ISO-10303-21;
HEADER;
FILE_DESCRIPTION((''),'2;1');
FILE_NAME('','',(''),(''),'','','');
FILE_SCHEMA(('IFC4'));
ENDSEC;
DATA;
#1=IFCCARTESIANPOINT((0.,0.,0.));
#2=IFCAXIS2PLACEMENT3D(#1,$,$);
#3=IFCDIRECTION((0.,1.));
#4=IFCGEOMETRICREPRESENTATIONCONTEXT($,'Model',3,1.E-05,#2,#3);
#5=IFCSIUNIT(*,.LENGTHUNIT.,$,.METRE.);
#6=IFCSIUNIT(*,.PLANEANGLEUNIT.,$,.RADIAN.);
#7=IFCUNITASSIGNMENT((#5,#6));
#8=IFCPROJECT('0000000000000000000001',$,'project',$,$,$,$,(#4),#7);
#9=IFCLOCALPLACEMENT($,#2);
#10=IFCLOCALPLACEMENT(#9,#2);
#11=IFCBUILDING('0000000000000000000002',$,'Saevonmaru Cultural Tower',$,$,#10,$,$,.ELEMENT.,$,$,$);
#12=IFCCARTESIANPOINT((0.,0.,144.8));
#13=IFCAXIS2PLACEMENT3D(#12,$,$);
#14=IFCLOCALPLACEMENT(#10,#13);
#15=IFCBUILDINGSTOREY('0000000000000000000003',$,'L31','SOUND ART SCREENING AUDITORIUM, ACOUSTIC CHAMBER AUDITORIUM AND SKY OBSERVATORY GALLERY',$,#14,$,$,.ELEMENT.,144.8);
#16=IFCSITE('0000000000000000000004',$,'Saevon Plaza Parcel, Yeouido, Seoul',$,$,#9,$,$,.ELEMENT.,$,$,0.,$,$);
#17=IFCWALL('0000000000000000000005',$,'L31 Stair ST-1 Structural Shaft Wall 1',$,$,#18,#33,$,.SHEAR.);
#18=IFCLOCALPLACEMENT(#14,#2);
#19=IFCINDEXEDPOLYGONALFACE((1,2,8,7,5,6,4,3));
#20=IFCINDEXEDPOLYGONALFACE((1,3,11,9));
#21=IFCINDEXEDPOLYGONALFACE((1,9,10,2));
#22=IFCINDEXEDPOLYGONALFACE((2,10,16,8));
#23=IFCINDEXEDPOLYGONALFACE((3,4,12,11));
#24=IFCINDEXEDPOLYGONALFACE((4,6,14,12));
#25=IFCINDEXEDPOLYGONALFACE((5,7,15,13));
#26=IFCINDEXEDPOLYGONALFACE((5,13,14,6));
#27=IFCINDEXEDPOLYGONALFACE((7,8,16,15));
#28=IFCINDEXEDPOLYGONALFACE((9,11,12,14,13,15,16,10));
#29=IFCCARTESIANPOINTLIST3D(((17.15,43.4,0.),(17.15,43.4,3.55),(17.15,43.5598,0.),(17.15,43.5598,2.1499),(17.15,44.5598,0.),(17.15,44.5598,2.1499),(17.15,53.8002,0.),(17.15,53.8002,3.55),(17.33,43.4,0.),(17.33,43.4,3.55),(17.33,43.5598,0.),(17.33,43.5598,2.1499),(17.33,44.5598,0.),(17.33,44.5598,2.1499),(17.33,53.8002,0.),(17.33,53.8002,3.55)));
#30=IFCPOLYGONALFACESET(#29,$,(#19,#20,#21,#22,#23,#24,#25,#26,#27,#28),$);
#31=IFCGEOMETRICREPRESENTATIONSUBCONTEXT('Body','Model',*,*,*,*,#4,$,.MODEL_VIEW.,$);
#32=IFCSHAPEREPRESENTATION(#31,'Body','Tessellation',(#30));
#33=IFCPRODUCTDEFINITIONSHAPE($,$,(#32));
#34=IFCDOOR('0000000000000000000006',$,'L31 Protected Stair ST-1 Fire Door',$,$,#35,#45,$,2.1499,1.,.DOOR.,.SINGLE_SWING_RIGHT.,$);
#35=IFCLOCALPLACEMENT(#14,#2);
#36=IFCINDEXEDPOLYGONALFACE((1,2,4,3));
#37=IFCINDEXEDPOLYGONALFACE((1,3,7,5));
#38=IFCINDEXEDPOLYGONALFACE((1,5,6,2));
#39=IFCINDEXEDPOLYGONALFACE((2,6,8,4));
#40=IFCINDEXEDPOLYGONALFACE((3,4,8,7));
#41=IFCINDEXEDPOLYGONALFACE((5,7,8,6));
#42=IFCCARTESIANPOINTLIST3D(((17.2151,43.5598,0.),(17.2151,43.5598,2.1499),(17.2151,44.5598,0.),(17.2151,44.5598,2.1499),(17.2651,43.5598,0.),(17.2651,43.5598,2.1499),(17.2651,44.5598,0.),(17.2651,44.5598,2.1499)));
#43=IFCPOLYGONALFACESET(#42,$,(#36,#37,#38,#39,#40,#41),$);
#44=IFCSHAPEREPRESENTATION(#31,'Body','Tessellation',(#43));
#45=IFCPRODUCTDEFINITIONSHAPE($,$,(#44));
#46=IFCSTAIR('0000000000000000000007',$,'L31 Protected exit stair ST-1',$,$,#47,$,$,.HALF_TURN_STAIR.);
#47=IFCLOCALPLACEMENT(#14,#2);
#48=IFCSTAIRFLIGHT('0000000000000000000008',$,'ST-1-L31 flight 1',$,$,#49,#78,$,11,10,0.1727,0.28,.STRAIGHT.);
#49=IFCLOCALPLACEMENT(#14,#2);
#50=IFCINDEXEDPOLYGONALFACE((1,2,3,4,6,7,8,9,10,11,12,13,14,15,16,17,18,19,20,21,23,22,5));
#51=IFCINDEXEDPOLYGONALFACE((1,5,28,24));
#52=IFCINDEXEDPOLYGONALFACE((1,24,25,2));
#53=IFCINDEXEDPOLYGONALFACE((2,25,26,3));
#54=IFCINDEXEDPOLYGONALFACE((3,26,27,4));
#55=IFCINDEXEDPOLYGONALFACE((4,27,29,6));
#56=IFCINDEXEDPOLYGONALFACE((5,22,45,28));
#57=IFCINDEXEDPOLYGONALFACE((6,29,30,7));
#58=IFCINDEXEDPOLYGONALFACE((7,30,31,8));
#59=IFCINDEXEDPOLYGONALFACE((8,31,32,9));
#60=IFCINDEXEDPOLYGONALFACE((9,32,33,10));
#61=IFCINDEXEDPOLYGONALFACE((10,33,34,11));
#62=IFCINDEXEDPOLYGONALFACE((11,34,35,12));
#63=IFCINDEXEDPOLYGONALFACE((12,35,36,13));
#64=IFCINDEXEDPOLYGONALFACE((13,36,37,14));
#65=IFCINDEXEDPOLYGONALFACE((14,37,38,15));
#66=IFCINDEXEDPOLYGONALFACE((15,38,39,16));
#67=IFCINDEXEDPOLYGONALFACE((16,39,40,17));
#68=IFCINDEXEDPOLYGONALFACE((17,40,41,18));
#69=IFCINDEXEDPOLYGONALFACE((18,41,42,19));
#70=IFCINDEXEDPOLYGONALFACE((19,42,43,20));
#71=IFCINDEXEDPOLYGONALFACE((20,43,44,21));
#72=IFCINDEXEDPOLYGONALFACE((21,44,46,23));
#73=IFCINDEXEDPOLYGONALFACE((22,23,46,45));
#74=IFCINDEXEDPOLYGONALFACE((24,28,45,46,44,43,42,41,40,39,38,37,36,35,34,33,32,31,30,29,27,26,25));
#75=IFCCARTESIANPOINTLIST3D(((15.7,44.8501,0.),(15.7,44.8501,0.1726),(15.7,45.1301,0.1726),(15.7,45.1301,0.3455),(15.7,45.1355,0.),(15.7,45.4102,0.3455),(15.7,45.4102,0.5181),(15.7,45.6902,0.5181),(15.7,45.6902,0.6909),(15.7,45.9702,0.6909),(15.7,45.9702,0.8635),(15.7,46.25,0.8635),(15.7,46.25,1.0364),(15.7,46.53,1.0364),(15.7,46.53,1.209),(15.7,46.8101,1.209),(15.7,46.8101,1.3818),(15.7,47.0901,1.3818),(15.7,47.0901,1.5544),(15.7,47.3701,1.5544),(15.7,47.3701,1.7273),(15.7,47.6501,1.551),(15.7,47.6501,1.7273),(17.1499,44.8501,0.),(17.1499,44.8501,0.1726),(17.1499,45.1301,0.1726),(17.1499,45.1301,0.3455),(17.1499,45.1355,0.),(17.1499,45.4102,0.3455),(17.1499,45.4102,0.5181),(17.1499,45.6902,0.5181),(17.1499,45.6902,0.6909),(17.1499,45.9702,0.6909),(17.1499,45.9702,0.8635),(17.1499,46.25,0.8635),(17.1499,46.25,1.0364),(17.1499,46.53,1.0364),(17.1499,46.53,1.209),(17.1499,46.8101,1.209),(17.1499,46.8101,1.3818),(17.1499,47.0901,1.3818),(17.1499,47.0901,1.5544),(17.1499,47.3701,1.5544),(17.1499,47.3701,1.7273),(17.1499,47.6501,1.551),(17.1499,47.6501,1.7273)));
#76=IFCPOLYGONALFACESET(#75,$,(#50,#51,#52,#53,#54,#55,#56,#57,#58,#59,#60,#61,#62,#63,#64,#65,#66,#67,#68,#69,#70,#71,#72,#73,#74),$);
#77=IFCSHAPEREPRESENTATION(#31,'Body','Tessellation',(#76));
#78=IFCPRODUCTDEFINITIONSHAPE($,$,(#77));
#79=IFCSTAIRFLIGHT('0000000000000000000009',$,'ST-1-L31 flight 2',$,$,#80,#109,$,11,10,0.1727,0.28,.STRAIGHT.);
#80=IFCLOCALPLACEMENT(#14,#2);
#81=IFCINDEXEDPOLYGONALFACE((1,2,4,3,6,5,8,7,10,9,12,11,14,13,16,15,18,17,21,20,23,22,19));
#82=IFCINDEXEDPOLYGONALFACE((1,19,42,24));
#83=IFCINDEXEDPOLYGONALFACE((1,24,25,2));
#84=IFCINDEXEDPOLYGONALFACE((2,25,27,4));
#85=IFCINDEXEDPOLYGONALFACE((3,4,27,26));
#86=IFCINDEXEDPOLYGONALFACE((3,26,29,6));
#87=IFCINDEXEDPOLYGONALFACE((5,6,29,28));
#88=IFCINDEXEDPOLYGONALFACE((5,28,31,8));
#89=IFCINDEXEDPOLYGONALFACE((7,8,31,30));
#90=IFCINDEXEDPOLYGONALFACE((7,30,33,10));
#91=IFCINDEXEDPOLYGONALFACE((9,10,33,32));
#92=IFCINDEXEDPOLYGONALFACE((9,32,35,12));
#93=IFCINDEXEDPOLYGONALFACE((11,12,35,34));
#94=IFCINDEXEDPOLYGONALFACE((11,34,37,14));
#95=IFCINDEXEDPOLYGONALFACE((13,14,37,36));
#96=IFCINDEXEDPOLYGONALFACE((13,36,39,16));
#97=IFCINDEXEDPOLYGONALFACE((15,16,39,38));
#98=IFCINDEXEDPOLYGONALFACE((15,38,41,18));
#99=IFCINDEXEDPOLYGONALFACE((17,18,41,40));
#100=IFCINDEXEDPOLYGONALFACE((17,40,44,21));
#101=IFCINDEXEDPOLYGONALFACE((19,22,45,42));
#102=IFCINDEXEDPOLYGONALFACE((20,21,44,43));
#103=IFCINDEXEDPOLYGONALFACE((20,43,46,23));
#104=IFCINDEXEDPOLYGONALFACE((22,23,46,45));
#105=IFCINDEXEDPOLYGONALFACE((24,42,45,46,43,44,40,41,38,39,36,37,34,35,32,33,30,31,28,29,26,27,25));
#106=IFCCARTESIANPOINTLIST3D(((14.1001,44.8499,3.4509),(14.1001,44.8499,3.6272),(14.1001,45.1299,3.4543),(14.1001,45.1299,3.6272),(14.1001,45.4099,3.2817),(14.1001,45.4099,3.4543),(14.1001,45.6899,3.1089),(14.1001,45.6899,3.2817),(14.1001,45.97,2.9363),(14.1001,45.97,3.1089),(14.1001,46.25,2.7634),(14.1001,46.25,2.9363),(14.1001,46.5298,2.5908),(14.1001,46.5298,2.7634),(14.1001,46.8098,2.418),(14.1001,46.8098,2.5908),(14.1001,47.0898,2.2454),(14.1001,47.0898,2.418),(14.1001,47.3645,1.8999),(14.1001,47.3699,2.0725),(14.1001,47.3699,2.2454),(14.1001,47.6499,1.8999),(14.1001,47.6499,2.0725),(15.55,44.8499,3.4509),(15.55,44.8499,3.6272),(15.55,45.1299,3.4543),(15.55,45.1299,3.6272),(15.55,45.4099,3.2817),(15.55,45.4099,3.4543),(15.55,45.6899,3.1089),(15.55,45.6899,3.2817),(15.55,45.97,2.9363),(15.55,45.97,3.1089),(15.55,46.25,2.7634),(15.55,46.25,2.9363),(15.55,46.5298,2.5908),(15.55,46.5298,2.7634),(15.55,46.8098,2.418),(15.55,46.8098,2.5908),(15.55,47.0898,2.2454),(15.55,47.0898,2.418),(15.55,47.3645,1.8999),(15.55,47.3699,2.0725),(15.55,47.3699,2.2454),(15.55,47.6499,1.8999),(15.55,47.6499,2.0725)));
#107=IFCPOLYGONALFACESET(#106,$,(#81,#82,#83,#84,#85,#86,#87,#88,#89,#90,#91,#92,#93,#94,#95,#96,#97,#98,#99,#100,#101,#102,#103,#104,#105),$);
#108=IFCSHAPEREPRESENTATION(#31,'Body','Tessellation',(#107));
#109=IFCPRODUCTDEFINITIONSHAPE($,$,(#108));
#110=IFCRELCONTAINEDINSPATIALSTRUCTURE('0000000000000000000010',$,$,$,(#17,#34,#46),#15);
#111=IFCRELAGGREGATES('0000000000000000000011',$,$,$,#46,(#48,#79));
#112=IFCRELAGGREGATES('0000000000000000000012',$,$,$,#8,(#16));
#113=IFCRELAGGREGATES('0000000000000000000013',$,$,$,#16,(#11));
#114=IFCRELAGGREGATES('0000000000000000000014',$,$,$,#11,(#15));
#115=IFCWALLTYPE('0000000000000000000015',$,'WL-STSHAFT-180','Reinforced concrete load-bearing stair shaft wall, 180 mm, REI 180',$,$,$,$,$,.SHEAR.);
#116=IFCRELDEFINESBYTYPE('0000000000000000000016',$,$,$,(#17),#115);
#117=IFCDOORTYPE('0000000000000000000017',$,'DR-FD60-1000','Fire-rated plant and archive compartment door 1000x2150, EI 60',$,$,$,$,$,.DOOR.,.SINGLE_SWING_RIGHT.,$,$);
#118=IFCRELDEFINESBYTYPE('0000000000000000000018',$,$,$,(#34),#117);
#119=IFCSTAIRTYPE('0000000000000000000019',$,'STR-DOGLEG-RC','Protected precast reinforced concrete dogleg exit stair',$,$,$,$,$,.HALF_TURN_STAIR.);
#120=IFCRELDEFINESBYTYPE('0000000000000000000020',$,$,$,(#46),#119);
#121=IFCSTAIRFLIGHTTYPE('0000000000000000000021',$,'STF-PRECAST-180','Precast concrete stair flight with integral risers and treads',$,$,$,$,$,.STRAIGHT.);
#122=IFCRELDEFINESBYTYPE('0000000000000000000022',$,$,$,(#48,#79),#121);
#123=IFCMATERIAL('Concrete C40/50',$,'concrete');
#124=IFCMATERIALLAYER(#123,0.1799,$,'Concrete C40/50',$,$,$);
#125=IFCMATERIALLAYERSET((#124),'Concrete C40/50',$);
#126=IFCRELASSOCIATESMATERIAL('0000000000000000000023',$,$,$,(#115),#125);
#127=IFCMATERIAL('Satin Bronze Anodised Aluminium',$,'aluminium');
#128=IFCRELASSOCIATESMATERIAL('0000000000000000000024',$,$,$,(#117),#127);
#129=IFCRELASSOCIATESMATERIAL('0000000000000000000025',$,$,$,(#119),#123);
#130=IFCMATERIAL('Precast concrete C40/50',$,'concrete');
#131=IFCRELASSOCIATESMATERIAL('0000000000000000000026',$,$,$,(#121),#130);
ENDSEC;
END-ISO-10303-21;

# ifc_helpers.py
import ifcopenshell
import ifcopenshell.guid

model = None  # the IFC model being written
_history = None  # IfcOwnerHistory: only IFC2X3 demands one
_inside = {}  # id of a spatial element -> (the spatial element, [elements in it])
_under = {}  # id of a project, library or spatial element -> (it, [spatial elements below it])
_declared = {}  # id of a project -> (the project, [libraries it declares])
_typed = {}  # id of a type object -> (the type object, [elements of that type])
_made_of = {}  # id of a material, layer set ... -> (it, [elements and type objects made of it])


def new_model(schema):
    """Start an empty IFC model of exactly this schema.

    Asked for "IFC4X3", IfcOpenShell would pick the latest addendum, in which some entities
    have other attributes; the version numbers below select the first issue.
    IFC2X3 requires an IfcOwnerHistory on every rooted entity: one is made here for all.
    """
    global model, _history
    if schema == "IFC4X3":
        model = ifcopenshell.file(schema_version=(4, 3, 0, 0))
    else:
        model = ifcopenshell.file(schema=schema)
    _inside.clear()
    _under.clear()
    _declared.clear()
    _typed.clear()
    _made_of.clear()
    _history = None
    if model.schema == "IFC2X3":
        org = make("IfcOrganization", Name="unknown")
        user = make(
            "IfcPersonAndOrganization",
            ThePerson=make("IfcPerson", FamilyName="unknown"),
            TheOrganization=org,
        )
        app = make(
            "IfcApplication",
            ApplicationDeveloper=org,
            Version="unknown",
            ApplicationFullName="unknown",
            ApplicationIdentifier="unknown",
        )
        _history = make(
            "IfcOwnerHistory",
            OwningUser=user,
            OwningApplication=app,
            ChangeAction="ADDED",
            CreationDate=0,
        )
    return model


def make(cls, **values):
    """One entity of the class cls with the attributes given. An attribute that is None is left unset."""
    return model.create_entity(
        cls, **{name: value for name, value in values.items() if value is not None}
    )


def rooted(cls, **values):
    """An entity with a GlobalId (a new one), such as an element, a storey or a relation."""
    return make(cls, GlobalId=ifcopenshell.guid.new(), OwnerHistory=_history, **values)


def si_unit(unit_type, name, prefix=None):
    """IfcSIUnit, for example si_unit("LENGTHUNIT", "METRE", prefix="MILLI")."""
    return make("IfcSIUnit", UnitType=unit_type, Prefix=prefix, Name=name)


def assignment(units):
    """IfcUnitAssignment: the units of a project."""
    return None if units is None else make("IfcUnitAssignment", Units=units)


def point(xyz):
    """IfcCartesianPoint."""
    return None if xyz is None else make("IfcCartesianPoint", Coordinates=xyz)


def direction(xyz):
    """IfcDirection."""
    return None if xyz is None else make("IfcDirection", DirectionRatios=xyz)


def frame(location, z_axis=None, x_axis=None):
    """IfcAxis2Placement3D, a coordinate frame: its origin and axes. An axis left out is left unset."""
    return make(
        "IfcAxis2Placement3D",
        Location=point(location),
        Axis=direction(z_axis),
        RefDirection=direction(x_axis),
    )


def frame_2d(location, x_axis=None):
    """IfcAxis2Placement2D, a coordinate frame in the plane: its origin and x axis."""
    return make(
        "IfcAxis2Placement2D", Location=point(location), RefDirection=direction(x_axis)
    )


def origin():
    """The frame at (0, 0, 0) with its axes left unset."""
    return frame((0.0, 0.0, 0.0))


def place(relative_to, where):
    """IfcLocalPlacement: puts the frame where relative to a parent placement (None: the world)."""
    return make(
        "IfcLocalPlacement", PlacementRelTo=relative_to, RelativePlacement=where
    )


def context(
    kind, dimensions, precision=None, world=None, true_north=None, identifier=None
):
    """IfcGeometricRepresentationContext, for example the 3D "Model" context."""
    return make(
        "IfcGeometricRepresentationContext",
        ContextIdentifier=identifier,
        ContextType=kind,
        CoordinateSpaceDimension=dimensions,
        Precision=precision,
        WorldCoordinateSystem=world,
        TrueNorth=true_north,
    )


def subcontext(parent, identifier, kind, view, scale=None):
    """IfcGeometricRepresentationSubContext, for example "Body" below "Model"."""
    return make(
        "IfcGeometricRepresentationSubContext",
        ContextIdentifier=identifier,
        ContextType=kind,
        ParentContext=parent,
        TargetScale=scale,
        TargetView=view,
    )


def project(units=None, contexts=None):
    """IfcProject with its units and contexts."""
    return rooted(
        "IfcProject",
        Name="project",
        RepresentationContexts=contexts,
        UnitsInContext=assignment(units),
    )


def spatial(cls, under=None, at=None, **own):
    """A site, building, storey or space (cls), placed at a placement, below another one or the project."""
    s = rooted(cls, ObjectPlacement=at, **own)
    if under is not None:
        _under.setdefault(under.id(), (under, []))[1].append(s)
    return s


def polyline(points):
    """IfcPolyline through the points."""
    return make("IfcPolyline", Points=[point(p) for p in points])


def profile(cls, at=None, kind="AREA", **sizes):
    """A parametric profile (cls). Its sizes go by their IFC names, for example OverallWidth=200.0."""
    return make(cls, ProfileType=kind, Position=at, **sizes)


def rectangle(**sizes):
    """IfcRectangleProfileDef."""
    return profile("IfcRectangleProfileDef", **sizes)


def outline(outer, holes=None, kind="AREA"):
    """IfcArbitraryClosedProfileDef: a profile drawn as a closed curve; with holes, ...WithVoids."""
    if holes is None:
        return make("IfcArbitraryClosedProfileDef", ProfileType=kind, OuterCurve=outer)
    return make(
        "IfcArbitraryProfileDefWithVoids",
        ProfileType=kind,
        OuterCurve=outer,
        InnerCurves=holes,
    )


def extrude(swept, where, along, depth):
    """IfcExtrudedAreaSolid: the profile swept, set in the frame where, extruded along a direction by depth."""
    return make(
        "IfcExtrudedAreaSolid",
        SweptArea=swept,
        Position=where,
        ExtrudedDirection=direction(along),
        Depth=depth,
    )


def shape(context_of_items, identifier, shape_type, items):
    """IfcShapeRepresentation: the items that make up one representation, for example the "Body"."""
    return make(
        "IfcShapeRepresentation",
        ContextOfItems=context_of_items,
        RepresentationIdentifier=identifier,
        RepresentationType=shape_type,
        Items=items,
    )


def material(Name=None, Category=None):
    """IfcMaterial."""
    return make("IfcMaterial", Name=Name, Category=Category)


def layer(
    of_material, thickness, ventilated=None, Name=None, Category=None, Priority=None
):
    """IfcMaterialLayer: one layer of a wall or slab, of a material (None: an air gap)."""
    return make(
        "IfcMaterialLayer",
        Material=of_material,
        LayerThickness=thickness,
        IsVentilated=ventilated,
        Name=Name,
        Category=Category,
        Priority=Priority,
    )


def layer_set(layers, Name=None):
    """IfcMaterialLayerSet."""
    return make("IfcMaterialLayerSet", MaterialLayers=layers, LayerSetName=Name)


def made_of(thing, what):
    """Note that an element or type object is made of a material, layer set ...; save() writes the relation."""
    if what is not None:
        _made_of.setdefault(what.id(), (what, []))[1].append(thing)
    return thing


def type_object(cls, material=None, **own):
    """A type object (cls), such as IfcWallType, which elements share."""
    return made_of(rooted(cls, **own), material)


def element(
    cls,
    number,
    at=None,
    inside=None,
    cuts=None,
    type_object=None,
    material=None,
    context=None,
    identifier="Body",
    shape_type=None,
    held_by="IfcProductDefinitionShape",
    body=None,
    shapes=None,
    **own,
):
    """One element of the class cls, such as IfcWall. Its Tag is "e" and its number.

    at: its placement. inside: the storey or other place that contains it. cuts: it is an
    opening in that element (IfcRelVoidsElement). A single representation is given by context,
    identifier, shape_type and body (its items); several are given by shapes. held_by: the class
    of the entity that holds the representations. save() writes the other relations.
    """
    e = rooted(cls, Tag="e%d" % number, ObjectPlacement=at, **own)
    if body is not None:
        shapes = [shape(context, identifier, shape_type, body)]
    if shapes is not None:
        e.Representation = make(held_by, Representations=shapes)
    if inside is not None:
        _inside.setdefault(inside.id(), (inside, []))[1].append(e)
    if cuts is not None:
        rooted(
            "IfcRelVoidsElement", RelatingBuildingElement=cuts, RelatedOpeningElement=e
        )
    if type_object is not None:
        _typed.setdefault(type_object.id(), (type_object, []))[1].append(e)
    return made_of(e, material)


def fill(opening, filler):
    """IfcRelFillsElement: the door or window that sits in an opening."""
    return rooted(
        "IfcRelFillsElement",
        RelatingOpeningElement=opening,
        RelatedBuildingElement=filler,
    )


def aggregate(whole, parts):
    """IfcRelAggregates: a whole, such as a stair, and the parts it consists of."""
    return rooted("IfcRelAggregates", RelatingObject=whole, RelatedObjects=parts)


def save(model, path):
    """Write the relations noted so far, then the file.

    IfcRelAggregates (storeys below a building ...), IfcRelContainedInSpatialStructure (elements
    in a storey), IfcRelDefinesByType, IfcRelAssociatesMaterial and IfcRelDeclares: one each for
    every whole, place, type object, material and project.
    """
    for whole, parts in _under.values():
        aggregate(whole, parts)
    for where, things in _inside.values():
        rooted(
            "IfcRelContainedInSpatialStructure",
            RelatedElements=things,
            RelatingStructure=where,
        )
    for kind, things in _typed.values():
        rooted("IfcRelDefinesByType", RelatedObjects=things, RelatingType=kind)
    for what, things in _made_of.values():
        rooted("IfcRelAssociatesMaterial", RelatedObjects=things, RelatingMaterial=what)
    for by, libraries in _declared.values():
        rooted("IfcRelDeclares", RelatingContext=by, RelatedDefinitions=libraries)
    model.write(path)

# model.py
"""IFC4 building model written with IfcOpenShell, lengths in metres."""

from ifc_helpers import new_model, si_unit, direction, frame, frame_2d, origin, place, context, subcontext, project, spatial, polyline, rectangle, outline, extrude, material, layer, layer_set, type_object, element, fill, aggregate, save


model = new_model("IFC4")

# Units and contexts
model_context = context("Model", 3, precision=1e-05, world=origin(), true_north=direction((0.0, 1.0)))
body_context = subcontext(model_context, "Body", "Model", "MODEL_VIEW")
ifc_project = project(units=[si_unit("LENGTHUNIT", "METRE"), si_unit("PLANEANGLEUNIT", "RADIAN")], contexts=[model_context])

# Site, building, storey
site_placement = place(None, origin())
site = spatial("IfcSite", under=ifc_project, at=site_placement, Name="Saevon Plaza Parcel, Yeouido, Seoul", CompositionType="ELEMENT", RefElevation=0.0)
building_placement = place(site_placement, origin())
building = spatial("IfcBuilding", under=site, at=building_placement, Name="Saevonmaru Cultural Tower", CompositionType="ELEMENT")
storey_placement = place(building_placement, frame((0.0, 0.0, 144.8)))
storey = spatial("IfcBuildingStorey", under=building, at=storey_placement, Name="L31", Description="SOUND ART SCREENING AUDITORIUM, ACOUSTIC CHAMBER AUDITORIUM AND SKY OBSERVATORY GALLERY", CompositionType="ELEMENT", Elevation=144.8)

# Shared definitions
ifc_material_1 = material(Name="Satin Bronze Anodised Aluminium", Category="aluminium")

# Shared definitions
ifc_material_2 = material(Name="Concrete C40/50", Category="concrete")

# Wall, opening, door
ifc_layer_1 = layer(ifc_material_2, 0.1799, Name="Concrete C40/50")
ifc_layer_set_1 = layer_set([ifc_layer_1], Name="Concrete C40/50")
wall_type_1 = type_object("IfcWallType", Name="WL-STSHAFT-180", Description="Reinforced concrete load-bearing stair shaft wall, 180 mm, REI 180", PredefinedType="SHEAR", material=ifc_layer_set_1)
wall_1_placement = place(storey_placement, frame((17.24, 43.3999, 0.0), z_axis=(0.0, 0.0, 1.0), x_axis=(0.0, 1.0, 0.0)))
wall_1 = element("IfcWall", 1, at=wall_1_placement, inside=storey, type_object=wall_type_1, Name="L31 Stair ST-1 Structural Shaft Wall 1", PredefinedType="SHEAR", context=body_context, shape_type="SweptSolid", body=[
    extrude(rectangle(XDim=10.4001, YDim=0.1799, at=frame_2d((5.2002, 0.0))), origin(), (0.0, 0.0, 1.0), 3.55),
])
opening_1_placement = place(wall_1_placement, frame((0.1599, 0.0, 0.0)))
opening_1 = element("IfcOpeningElement", 2, at=opening_1_placement, cuts=wall_1, PredefinedType="OPENING", context=body_context, shape_type="SweptSolid", body=[
    extrude(rectangle(XDim=1.0, YDim=2.1499, at=frame_2d((0.5, 1.075))), frame((0.0, 0.1001, 0.0), z_axis=(0.0, -1.0, 0.0), x_axis=(1.0, 0.0, 0.0)), (0.0, 0.0, 1.0), 0.2),
])
door_type_1 = type_object("IfcDoorType", Name="DR-FD60-1000", Description="Fire-rated plant and archive compartment door 1000x2150, EI 60", OperationType="SINGLE_SWING_RIGHT", PredefinedType="DOOR", material=ifc_material_1)
door_1_placement = place(opening_1_placement, origin())
door_1 = element("IfcDoor", 3, at=door_1_placement, inside=storey, type_object=door_type_1, Name="L31 Protected Stair ST-1 Fire Door", OperationType="SINGLE_SWING_RIGHT", OverallHeight=2.1499, OverallWidth=1.0, PredefinedType="DOOR", context=body_context, shape_type="SweptSolid", body=[
    extrude(rectangle(XDim=1.0, YDim=2.1499, at=frame_2d((0.5, 1.075))), frame((0.0, 0.0249, 0.0), z_axis=(0.0, -1.0, 0.0), x_axis=(1.0, 0.0, 0.0)), (0.0, 0.0, 1.0), 0.05),
])
fill(opening_1, door_1)

# Stair, stair flights
stair_type = type_object("IfcStairType", Name="STR-DOGLEG-RC", Description="Protected precast reinforced concrete dogleg exit stair", PredefinedType="HALF_TURN_STAIR", material=ifc_material_2)
stair_placement = place(storey_placement, origin())
stair = element("IfcStair", 4, at=stair_placement, inside=storey, type_object=stair_type, Name="L31 Protected exit stair ST-1", PredefinedType="HALF_TURN_STAIR")
ifc_material_3 = material(Name="Precast concrete C40/50", Category="concrete")
stair_flight_type = type_object("IfcStairFlightType", Name="STF-PRECAST-180", Description="Precast concrete stair flight with integral risers and treads", PredefinedType="STRAIGHT", material=ifc_material_3)
stair_flight_1_placement = place(storey_placement, frame((16.425, 44.8501, 0.0), z_axis=(0.0, 0.0, 1.0), x_axis=(0.0, 1.0, 0.0)))
stair_flight_1 = element("IfcStairFlight", 5, at=stair_flight_1_placement, type_object=stair_flight_type, Name="ST-1-L31 flight 1", NumberOfRisers=11, NumberOfTreads=10, PredefinedType="STRAIGHT", RiserHeight=0.1727, TreadLength=0.28, context=body_context, shape_type="SweptSolid", body=[
    extrude(outline(polyline([(0.0, 0.0), (0.0, 0.1726), (0.28, 0.1726), (0.28, 0.3455), (0.5601, 0.3455), (0.5601, 0.5181), (0.8401, 0.5181), (0.8401, 0.6909), (1.1201, 0.6909), (1.1201, 0.8635), (1.3999, 0.8635), (1.3999, 1.0364), (1.6799, 1.0364), (1.6799, 1.209), (1.96, 1.209), (1.96, 1.3818), (2.24, 1.3818), (2.24, 1.5544), (2.52, 1.5544), (2.52, 1.7273), (2.8, 1.7273), (2.8, 1.8999), (2.8, 1.551), (0.2854, 0.0), (0.0, 0.0)])), frame((0.0, 0.7251, 0.0), z_axis=(0.0, -1.0, 0.0), x_axis=(1.0, 0.0, 0.0)), (0.0, 0.0, 1.0), 1.45),
])
stair_flight_2_placement = place(storey_placement, frame((14.825, 47.6499, 1.8999), z_axis=(0.0, 0.0, 1.0), x_axis=(0.0, -1.0, 0.0)))
stair_flight_2 = element("IfcStairFlight", 6, at=stair_flight_2_placement, type_object=stair_flight_type, Name="ST-1-L31 flight 2", NumberOfRisers=11, NumberOfTreads=10, PredefinedType="STRAIGHT", RiserHeight=0.1727, TreadLength=0.28, context=body_context, shape_type="SweptSolid", body=[
    extrude(outline(polyline([(0.0, 0.0), (0.0, 0.1726), (0.28, 0.1726), (0.28, 0.3455), (0.5601, 0.3455), (0.5601, 0.5181), (0.8401, 0.5181), (0.8401, 0.6909), (1.1201, 0.6909), (1.1201, 0.8635), (1.3999, 0.8635), (1.3999, 1.0364), (1.6799, 1.0364), (1.6799, 1.209), (1.96, 1.209), (1.96, 1.3818), (2.24, 1.3818), (2.24, 1.5544), (2.52, 1.5544), (2.52, 1.7273), (2.8, 1.7273), (2.8, 1.8999), (2.8, 1.551), (0.2854, 0.0), (0.0, 0.0)])), frame((0.0, 0.7251, 0.0), z_axis=(0.0, -1.0, 0.0), x_axis=(1.0, 0.0, 0.0)), (0.0, 0.0, 1.0), 1.45),
])
aggregate(stair, [stair_flight_1, stair_flight_2])

save(model, "model.ifc")
